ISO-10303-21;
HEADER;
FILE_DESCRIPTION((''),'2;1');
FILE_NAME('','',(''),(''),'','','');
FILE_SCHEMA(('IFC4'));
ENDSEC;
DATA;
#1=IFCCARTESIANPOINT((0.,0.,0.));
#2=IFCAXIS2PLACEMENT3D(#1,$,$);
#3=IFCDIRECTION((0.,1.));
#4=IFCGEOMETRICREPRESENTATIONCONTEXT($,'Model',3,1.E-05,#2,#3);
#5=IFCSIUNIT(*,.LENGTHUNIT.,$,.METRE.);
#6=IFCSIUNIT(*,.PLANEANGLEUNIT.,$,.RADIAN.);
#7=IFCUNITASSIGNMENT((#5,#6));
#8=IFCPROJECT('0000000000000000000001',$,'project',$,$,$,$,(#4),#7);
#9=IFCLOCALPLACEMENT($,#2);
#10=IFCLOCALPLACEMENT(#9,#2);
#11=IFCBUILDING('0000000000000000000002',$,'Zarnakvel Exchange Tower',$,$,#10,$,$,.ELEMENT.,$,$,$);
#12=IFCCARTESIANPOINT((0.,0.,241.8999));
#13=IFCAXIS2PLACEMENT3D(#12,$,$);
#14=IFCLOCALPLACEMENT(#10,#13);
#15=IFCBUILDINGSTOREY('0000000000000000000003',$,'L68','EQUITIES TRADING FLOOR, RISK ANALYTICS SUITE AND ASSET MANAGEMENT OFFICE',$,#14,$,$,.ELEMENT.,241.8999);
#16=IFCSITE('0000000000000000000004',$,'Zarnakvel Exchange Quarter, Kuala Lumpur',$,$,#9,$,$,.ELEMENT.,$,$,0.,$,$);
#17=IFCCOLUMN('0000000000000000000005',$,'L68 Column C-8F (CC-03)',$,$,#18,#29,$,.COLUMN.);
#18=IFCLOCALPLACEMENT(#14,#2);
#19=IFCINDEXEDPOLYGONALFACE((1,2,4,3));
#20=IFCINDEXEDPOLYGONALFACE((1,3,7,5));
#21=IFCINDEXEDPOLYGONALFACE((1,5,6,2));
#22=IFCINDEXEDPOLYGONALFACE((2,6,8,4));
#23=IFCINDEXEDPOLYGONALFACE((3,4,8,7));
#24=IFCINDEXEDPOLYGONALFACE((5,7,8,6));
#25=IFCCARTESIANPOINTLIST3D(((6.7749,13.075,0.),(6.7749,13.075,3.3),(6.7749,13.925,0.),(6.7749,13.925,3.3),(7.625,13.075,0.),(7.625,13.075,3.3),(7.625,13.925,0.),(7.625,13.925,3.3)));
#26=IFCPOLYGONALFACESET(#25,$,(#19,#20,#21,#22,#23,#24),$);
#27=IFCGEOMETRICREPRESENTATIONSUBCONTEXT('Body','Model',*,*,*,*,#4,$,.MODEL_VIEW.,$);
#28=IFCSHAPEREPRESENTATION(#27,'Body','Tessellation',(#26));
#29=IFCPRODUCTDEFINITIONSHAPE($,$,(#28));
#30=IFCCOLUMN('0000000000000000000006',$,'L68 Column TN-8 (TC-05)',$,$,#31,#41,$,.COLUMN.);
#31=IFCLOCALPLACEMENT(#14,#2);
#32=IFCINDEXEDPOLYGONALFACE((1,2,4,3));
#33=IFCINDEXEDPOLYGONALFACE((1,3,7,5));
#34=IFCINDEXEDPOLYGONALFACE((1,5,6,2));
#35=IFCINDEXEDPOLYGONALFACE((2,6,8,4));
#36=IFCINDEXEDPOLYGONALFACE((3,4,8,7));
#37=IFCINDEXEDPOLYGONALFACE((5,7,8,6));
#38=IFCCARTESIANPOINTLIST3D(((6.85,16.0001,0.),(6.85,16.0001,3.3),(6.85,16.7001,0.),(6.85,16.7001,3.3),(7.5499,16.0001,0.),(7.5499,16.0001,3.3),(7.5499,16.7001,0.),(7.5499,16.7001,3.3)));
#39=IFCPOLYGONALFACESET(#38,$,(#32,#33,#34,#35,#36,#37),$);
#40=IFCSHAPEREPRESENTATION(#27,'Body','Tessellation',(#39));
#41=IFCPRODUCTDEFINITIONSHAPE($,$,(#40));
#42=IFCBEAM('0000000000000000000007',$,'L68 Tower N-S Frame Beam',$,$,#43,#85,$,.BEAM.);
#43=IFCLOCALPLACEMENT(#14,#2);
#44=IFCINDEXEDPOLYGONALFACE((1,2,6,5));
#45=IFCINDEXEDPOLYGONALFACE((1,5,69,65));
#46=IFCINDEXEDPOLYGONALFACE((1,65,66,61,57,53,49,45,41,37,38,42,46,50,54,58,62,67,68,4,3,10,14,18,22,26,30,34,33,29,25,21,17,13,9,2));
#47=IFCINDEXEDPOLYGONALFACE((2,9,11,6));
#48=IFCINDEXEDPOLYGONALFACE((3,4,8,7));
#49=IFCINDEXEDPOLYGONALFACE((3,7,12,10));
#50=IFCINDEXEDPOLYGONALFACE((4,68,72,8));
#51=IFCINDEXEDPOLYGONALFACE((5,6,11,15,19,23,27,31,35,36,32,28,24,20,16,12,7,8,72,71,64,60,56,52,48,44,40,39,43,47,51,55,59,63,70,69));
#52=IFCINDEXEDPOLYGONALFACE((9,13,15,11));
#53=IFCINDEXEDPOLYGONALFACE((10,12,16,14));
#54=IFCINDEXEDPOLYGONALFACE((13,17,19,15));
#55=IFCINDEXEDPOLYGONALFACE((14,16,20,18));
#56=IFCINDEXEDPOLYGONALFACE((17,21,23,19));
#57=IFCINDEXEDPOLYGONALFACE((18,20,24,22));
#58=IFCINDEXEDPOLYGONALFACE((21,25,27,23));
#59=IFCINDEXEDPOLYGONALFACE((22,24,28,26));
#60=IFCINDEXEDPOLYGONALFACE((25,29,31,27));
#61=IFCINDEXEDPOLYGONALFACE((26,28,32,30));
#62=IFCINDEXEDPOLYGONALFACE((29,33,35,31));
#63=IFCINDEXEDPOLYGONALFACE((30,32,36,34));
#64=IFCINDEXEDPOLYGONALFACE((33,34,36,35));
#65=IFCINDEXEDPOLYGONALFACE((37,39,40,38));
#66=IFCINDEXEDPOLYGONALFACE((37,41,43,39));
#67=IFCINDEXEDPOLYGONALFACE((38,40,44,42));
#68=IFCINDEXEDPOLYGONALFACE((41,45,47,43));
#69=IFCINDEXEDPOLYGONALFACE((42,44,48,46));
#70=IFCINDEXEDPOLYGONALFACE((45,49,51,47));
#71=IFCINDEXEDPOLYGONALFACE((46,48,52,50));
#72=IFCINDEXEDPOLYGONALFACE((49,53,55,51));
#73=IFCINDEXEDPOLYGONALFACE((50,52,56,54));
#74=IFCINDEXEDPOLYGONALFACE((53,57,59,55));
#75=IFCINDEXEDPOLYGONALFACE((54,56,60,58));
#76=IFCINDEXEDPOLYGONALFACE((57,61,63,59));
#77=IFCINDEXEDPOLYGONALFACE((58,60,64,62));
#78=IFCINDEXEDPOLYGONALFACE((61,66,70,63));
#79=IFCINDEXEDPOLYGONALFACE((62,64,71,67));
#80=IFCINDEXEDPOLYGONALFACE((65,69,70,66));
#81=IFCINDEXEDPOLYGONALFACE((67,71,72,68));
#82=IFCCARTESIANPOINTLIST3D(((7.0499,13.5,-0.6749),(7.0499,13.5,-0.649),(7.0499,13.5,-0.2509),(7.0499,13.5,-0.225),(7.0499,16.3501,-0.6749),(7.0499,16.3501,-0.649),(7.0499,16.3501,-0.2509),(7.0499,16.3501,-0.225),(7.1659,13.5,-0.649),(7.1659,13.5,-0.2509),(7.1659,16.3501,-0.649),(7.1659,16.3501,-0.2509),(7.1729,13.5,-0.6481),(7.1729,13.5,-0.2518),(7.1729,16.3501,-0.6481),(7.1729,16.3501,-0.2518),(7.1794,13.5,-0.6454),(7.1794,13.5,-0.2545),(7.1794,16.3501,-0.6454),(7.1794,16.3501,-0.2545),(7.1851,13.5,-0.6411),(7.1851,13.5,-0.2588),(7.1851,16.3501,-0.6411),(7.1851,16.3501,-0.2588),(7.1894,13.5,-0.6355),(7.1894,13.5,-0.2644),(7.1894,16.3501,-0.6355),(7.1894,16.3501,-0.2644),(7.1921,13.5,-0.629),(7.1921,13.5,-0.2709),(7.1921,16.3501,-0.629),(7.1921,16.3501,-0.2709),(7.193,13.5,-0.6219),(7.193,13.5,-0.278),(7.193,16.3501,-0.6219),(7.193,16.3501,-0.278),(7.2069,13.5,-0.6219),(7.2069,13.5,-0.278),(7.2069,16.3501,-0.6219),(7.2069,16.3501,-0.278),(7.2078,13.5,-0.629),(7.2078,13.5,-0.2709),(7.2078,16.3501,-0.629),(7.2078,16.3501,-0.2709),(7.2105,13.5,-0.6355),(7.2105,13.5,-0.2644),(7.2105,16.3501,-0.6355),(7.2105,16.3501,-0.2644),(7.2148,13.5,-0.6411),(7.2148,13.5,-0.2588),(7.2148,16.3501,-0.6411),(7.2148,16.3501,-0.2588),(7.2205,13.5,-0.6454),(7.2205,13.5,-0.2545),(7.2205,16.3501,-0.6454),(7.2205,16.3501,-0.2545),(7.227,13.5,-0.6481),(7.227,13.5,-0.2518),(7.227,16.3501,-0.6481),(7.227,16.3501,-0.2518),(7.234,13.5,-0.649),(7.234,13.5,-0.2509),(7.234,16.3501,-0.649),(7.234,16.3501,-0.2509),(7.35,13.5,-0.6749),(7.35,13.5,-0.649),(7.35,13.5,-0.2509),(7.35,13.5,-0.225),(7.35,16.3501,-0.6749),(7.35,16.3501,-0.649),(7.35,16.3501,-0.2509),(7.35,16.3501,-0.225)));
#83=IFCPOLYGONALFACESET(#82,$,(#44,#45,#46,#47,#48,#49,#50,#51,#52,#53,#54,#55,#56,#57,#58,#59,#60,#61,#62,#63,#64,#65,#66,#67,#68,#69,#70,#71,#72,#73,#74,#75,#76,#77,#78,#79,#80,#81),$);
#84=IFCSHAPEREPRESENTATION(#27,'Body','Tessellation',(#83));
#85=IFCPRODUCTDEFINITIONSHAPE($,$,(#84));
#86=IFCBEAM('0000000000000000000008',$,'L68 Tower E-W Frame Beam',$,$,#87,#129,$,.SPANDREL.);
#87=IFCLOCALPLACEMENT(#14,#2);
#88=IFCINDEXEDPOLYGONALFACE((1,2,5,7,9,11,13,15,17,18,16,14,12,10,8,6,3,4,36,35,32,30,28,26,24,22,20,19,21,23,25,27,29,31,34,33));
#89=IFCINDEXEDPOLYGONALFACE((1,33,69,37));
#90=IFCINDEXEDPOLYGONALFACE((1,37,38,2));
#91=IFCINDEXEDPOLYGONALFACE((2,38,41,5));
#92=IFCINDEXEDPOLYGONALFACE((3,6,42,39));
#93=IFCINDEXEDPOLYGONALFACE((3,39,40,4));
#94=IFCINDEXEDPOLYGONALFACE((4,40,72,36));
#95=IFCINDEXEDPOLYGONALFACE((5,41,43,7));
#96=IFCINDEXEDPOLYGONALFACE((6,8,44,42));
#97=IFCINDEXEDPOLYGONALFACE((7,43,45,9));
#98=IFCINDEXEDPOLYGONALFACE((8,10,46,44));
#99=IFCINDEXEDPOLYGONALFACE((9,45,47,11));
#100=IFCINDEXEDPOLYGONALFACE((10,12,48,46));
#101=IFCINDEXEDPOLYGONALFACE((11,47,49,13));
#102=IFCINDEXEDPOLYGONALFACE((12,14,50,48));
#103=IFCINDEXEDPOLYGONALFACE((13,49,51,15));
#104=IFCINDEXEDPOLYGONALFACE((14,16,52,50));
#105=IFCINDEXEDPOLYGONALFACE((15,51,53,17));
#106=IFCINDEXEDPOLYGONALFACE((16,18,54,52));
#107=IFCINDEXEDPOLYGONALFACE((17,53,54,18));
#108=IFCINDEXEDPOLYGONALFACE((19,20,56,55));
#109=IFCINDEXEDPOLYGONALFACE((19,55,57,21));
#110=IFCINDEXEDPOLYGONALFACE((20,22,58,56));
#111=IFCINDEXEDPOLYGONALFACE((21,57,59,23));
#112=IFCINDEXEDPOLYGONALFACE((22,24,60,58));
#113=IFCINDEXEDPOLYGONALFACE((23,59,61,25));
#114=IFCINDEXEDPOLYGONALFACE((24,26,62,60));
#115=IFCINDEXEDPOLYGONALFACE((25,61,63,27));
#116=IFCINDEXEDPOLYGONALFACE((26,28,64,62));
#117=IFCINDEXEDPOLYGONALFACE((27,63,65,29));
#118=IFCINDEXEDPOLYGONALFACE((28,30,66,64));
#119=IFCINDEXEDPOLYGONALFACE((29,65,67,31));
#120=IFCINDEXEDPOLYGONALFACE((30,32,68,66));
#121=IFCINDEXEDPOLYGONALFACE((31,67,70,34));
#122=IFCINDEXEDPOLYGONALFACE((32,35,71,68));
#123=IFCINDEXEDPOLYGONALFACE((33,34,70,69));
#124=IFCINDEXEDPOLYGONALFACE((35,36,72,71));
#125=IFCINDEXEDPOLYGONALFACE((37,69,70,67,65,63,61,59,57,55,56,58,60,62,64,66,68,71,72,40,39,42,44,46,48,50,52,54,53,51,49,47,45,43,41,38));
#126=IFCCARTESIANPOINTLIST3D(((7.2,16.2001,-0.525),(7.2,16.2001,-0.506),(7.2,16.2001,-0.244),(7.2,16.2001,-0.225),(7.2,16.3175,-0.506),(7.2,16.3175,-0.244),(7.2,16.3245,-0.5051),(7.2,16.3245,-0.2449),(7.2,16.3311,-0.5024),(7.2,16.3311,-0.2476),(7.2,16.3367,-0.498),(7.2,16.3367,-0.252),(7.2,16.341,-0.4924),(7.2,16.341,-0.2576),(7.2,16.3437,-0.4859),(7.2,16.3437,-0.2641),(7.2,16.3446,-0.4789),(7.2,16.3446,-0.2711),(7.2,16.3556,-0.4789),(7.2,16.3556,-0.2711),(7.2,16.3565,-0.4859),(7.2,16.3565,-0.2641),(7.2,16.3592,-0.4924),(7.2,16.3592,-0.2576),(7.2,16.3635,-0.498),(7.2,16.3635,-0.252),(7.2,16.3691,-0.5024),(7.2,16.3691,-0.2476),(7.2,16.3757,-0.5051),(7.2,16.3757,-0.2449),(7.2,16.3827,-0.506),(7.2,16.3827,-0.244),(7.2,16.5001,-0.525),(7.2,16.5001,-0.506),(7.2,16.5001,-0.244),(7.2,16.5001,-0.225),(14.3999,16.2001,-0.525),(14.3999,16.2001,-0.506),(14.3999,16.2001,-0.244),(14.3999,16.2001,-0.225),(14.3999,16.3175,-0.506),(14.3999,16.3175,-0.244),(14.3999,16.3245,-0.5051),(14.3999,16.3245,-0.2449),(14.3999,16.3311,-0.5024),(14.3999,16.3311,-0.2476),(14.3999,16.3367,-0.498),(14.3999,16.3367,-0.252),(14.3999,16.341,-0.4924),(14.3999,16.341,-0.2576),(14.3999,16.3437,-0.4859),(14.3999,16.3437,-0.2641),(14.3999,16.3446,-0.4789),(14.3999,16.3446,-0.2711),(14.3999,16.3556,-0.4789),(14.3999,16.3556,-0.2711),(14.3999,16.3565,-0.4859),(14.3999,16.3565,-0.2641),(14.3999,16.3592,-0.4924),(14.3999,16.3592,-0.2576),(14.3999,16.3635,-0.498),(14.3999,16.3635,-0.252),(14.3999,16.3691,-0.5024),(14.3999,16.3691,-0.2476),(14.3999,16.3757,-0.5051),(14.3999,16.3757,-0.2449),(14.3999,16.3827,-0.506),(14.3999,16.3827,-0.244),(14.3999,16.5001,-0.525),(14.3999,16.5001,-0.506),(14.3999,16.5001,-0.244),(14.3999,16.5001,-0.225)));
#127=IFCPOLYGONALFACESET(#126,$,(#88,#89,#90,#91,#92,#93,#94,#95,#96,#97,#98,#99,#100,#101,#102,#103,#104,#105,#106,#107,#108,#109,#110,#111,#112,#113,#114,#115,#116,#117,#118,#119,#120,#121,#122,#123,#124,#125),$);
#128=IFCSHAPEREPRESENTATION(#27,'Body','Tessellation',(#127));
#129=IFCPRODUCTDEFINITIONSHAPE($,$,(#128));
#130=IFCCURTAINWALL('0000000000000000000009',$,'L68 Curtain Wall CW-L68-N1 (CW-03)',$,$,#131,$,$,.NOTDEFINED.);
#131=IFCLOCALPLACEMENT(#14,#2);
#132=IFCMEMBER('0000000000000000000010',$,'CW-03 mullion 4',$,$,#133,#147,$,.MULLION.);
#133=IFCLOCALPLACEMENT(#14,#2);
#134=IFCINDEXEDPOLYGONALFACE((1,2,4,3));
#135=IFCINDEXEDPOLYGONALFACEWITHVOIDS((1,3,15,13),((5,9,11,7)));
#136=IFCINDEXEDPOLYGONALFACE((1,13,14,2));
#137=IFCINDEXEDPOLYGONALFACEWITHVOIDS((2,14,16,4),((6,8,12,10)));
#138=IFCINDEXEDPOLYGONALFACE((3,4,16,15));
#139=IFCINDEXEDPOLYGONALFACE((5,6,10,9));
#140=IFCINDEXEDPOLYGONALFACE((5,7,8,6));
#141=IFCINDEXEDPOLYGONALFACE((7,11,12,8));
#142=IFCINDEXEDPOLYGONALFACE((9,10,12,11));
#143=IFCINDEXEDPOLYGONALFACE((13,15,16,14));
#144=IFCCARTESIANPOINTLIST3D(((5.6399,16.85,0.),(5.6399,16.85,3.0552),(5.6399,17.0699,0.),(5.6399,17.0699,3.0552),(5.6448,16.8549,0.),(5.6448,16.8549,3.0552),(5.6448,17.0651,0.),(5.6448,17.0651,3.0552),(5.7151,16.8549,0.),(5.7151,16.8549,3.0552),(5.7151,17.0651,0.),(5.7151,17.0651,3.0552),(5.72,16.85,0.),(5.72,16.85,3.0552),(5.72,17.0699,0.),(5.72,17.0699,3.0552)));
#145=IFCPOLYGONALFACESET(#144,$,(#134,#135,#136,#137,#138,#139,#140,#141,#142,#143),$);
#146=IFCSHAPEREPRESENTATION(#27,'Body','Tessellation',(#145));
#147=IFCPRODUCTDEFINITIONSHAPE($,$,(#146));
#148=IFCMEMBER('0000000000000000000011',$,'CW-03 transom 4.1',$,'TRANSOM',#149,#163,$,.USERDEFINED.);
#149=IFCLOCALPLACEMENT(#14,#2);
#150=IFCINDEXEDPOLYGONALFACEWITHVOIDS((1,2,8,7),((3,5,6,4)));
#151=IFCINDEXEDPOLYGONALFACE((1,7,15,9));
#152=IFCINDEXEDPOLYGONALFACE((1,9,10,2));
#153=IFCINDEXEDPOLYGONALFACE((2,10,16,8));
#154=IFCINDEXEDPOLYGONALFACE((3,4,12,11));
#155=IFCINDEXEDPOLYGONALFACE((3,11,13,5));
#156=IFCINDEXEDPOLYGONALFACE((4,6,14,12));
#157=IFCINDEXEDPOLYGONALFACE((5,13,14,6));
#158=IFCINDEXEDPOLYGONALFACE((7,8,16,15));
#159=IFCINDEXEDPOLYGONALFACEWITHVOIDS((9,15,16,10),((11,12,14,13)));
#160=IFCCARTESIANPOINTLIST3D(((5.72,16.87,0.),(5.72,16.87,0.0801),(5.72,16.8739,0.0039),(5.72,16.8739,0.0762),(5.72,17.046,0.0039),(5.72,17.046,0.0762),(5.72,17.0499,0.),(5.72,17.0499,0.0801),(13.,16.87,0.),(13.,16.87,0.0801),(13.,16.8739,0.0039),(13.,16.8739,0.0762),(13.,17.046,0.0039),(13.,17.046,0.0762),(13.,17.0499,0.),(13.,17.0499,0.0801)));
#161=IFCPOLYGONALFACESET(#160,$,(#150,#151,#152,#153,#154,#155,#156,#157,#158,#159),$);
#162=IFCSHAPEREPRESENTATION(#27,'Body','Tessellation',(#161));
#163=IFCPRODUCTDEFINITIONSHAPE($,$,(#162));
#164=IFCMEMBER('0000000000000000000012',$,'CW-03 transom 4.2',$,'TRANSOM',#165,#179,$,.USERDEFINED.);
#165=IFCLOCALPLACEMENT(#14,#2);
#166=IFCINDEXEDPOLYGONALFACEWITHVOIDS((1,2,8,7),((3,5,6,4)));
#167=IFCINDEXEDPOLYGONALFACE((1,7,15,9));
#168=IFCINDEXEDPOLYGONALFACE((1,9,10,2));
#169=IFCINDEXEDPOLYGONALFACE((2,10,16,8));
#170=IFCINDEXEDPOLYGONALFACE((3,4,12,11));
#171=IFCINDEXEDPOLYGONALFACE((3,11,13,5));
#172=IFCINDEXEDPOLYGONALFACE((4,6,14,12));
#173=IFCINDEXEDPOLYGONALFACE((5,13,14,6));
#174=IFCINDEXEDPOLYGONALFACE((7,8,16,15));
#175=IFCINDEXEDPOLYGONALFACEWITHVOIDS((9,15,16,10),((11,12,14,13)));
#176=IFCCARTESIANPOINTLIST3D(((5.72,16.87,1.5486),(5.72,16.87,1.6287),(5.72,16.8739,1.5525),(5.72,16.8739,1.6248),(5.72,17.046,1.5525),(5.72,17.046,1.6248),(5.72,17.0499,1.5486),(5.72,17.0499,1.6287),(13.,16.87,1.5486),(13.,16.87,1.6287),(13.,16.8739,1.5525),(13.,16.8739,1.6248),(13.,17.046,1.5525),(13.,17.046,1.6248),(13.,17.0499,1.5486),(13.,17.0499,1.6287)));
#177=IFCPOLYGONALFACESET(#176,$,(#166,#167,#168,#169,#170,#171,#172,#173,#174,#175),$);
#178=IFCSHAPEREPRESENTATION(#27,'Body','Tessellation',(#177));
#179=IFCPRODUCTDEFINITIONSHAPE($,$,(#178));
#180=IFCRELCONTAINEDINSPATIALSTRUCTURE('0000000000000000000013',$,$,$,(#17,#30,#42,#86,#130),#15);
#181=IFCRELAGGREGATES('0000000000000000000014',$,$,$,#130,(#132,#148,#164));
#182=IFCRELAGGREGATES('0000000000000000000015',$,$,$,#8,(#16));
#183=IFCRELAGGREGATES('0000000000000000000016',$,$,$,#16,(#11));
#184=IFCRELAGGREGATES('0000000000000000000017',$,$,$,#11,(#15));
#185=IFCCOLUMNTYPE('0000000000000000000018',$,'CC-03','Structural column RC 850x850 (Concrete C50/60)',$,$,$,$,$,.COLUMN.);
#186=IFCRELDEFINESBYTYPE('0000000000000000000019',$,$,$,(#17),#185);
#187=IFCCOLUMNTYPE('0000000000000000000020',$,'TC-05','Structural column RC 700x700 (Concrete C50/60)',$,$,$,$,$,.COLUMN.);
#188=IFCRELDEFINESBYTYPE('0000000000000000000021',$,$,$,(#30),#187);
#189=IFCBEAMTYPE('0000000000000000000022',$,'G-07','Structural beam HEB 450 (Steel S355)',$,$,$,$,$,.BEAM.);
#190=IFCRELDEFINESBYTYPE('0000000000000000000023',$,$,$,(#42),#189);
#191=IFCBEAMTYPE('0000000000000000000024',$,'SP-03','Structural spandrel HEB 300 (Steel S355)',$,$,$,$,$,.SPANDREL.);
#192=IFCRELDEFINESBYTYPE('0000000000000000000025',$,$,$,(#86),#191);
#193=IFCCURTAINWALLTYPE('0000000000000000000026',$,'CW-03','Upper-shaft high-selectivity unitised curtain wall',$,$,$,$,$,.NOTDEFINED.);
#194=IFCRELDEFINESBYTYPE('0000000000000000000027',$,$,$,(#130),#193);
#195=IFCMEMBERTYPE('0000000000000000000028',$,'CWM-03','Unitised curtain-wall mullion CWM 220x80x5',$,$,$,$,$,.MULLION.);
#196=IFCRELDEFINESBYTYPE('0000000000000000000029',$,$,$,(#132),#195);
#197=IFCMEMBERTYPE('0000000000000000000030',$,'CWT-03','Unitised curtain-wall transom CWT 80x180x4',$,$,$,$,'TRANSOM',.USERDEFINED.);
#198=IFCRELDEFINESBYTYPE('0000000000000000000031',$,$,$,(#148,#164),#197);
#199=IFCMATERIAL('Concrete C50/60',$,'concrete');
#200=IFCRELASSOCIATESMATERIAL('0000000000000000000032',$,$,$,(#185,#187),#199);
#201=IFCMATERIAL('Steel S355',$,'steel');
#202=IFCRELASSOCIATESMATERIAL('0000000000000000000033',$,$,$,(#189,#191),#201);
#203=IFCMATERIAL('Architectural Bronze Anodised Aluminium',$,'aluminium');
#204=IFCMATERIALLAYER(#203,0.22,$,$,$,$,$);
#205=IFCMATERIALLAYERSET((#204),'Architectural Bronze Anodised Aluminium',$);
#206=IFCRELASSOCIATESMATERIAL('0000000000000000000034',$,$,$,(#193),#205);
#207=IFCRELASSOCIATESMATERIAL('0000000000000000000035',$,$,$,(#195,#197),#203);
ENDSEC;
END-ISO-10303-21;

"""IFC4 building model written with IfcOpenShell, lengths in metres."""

from ifc_helpers import new_model, si_unit, direction, frame, origin, origin_2d, place, context, subcontext, project, spatial, rectangle, hollow_rectangle, i_section, extrude, source, transform, mapped, material, layer, layer_set, material_profile, profile_set, type_object, element, aggregate, save


model = new_model("IFC4")

# Units and contexts
model_context = context("Model", 3, precision=1e-05, world=origin(), true_north=direction((0.0, 1.0)))
body_context = subcontext(model_context, "Body", "Model", "MODEL_VIEW")
ifc_project = project(units=[si_unit("LENGTHUNIT", "METRE"), si_unit("PLANEANGLEUNIT", "RADIAN")], contexts=[model_context])

# Site, building, storey
site_placement = place(None, origin())
site = spatial("IfcSite", under=ifc_project, at=site_placement, Name="Zarnakvel Exchange Quarter, Kuala Lumpur", CompositionType="ELEMENT", RefElevation=0.0)
building_placement = place(site_placement, origin())
building = spatial("IfcBuilding", under=site, at=building_placement, Name="Zarnakvel Exchange Tower", CompositionType="ELEMENT")
storey_placement = place(building_placement, frame((0.0, 0.0, 241.8999)))
storey = spatial("IfcBuildingStorey", under=building, at=storey_placement, Name="L68", Description="EQUITIES TRADING FLOOR, RISK ANALYTICS SUITE AND ASSET MANAGEMENT OFFICE", CompositionType="ELEMENT", Elevation=241.8999)

# Columns
ifc_material_1 = material(Name="Concrete C50/60", Category="concrete")
ifc_material_profile_1 = material_profile(ifc_material_1, rectangle(XDim=0.8501, YDim=0.8501, at=origin_2d()))
ifc_profile_set_1 = profile_set([ifc_material_profile_1], Name="Concrete C50/60")
column_type_1 = type_object("IfcColumnType", Name="CC-03", Description="Structural column RC 850x850 (Concrete C50/60)", PredefinedType="COLUMN", material=ifc_profile_set_1)
column_1_placement = place(storey_placement, frame((7.2, 13.5, 0.0), z_axis=(0.0, 0.0, 1.0), x_axis=(1.0, 0.0, 0.0)))
element("IfcColumn", 1, at=column_1_placement, inside=storey, type_object=column_type_1, Name="L68 Column C-8F (CC-03)", PredefinedType="COLUMN", context=body_context, shape_type="SweptSolid", body=[
    extrude(rectangle(XDim=0.8501, YDim=0.8501, at=origin_2d()), origin(), (0.0, 0.0, 1.0), 3.3),
])
ifc_material_profile_2 = material_profile(ifc_material_1, rectangle(XDim=0.7, YDim=0.7, at=origin_2d()))
ifc_profile_set_2 = profile_set([ifc_material_profile_2], Name="Concrete C50/60")
column_type_2 = type_object("IfcColumnType", Name="TC-05", Description="Structural column RC 700x700 (Concrete C50/60)", PredefinedType="COLUMN", material=ifc_profile_set_2)
column_2_placement = place(storey_placement, frame((7.2, 16.3501, 0.0), z_axis=(0.0, 0.0, 1.0), x_axis=(1.0, 0.0, 0.0)))
element("IfcColumn", 2, at=column_2_placement, inside=storey, type_object=column_type_2, Name="L68 Column TN-8 (TC-05)", PredefinedType="COLUMN", context=body_context, shape_type="SweptSolid", body=[
    extrude(rectangle(XDim=0.7, YDim=0.7, at=origin_2d()), origin(), (0.0, 0.0, 1.0), 3.3),
])

# Beams
ifc_material_2 = material(Name="Steel S355", Category="steel")
ifc_material_profile_3 = material_profile(ifc_material_2, i_section(OverallWidth=0.3, OverallDepth=0.45, WebThickness=0.0139, FlangeThickness=0.0259, FilletRadius=0.0271, at=origin_2d()))
ifc_profile_set_3 = profile_set([ifc_material_profile_3], Name="Steel S355")
beam_type_1 = type_object("IfcBeamType", Name="G-07", Description="Structural beam HEB 450 (Steel S355)", PredefinedType="BEAM", material=ifc_profile_set_3)
beam_1_placement = place(storey_placement, frame((7.2, 13.5, -0.45), z_axis=(0.0, 1.0, 0.0), x_axis=(-1.0, 0.0, 0.0)))
element("IfcBeam", 3, at=beam_1_placement, inside=storey, type_object=beam_type_1, Name="L68 Tower N-S Frame Beam", PredefinedType="BEAM", context=body_context, shape_type="SweptSolid", body=[
    extrude(i_section(OverallWidth=0.3, OverallDepth=0.45, WebThickness=0.0139, FlangeThickness=0.0259, FilletRadius=0.0271, at=origin_2d()), origin(), (0.0, 0.0, 1.0), 2.8501),
])
ifc_material_profile_4 = material_profile(ifc_material_2, i_section(OverallWidth=0.3, OverallDepth=0.3, WebThickness=0.011, FlangeThickness=0.019, FilletRadius=0.0271, at=origin_2d()))
ifc_profile_set_4 = profile_set([ifc_material_profile_4], Name="Steel S355")
beam_type_2 = type_object("IfcBeamType", Name="SP-03", Description="Structural spandrel HEB 300 (Steel S355)", PredefinedType="SPANDREL", material=ifc_profile_set_4)
beam_2_placement = place(storey_placement, frame((7.2, 16.3501, -0.375), z_axis=(1.0, 0.0, 0.0), x_axis=(0.0, 1.0, 0.0)))
element("IfcBeam", 4, at=beam_2_placement, inside=storey, type_object=beam_type_2, Name="L68 Tower E-W Frame Beam", PredefinedType="SPANDREL", context=body_context, shape_type="SweptSolid", body=[
    extrude(i_section(OverallWidth=0.3, OverallDepth=0.3, WebThickness=0.011, FlangeThickness=0.019, FilletRadius=0.0271, at=origin_2d()), origin(), (0.0, 0.0, 1.0), 7.2),
])

# Curtain wall, members
ifc_material_3 = material(Name="Architectural Bronze Anodised Aluminium", Category="aluminium")
ifc_layer_1 = layer(ifc_material_3, 0.22)
ifc_layer_set_1 = layer_set([ifc_layer_1], Name="Architectural Bronze Anodised Aluminium")
curtain_wall_type = type_object("IfcCurtainWallType", Name="CW-03", Description="Upper-shaft high-selectivity unitised curtain wall", PredefinedType="NOTDEFINED", material=ifc_layer_set_1)
curtain_wall_placement = place(storey_placement, origin())
curtain_wall = element("IfcCurtainWall", 5, at=curtain_wall_placement, inside=storey, type_object=curtain_wall_type, Name="L68 Curtain Wall CW-L68-N1 (CW-03)", PredefinedType="NOTDEFINED")
ifc_material_profile_5 = material_profile(ifc_material_3, hollow_rectangle(XDim=0.22, YDim=0.0801, WallThickness=0.0049, at=origin_2d()))
ifc_profile_set_5 = profile_set([ifc_material_profile_5], Name="Architectural Bronze Anodised Aluminium")
member_type_1 = type_object("IfcMemberType", Name="CWM-03", Description="Unitised curtain-wall mullion CWM 220x80x5", PredefinedType="MULLION", material=ifc_profile_set_5)
shared_shape_1 = source(origin(), body_context, "Body", "SweptSolid", [
    extrude(hollow_rectangle(XDim=0.22, YDim=0.0801, WallThickness=0.0049, at=origin_2d()), origin(), (0.0, 0.0, 1.0), 3.0552),
])
member_1_placement = place(storey_placement, frame((5.6799, 16.96, 0.0), z_axis=(0.0, 0.0, 1.0), x_axis=(0.0, 1.0, 0.0)))
member_1 = element("IfcMember", 6, at=member_1_placement, type_object=member_type_1, Name="CW-03 mullion 4", PredefinedType="MULLION", context=body_context, shape_type="MappedRepresentation", body=[
    mapped(shared_shape_1, transform((0.0, 0.0, 0.0), x_axis=(1.0, 0.0, 0.0), y_axis=(0.0, 1.0, 0.0), z_axis=(0.0, 0.0, 1.0), scale=1.0)),
])
ifc_material_profile_6 = material_profile(ifc_material_3, hollow_rectangle(XDim=0.1799, YDim=0.0801, WallThickness=0.0039, at=origin_2d()))
ifc_profile_set_6 = profile_set([ifc_material_profile_6], Name="Architectural Bronze Anodised Aluminium")
member_type_2 = type_object("IfcMemberType", Name="CWT-03", Description="Unitised curtain-wall transom CWT 80x180x4", ElementType="TRANSOM", PredefinedType="USERDEFINED", material=ifc_profile_set_6)
shared_shape_2 = source(origin(), body_context, "Body", "SweptSolid", [
    extrude(hollow_rectangle(XDim=0.1799, YDim=0.0801, WallThickness=0.0039, at=origin_2d()), origin(), (0.0, 0.0, 1.0), 7.28),
])
member_2_placement = place(storey_placement, frame((5.72, 16.96, 0.04), z_axis=(1.0, 0.0, 0.0), x_axis=(0.0, 1.0, 0.0)))
member_2 = element("IfcMember", 7, at=member_2_placement, type_object=member_type_2, Name="CW-03 transom 4.1", ObjectType="TRANSOM", PredefinedType="USERDEFINED", context=body_context, shape_type="MappedRepresentation", body=[
    mapped(shared_shape_2, transform((0.0, 0.0, 0.0), x_axis=(1.0, 0.0, 0.0), y_axis=(0.0, 1.0, 0.0), z_axis=(0.0, 0.0, 1.0), scale=1.0)),
])
member_3_placement = place(storey_placement, frame((5.72, 16.96, 1.5886), z_axis=(1.0, 0.0, 0.0), x_axis=(0.0, 1.0, 0.0)))
member_3 = element("IfcMember", 8, at=member_3_placement, type_object=member_type_2, Name="CW-03 transom 4.2", ObjectType="TRANSOM", PredefinedType="USERDEFINED", context=body_context, shape_type="MappedRepresentation", body=[
    mapped(shared_shape_2, transform((0.0, 0.0, 0.0), x_axis=(1.0, 0.0, 0.0), y_axis=(0.0, 1.0, 0.0), z_axis=(0.0, 0.0, 1.0), scale=1.0)),
])
aggregate(curtain_wall, [member_1, member_2, member_3])

save(model, "model.ifc")
